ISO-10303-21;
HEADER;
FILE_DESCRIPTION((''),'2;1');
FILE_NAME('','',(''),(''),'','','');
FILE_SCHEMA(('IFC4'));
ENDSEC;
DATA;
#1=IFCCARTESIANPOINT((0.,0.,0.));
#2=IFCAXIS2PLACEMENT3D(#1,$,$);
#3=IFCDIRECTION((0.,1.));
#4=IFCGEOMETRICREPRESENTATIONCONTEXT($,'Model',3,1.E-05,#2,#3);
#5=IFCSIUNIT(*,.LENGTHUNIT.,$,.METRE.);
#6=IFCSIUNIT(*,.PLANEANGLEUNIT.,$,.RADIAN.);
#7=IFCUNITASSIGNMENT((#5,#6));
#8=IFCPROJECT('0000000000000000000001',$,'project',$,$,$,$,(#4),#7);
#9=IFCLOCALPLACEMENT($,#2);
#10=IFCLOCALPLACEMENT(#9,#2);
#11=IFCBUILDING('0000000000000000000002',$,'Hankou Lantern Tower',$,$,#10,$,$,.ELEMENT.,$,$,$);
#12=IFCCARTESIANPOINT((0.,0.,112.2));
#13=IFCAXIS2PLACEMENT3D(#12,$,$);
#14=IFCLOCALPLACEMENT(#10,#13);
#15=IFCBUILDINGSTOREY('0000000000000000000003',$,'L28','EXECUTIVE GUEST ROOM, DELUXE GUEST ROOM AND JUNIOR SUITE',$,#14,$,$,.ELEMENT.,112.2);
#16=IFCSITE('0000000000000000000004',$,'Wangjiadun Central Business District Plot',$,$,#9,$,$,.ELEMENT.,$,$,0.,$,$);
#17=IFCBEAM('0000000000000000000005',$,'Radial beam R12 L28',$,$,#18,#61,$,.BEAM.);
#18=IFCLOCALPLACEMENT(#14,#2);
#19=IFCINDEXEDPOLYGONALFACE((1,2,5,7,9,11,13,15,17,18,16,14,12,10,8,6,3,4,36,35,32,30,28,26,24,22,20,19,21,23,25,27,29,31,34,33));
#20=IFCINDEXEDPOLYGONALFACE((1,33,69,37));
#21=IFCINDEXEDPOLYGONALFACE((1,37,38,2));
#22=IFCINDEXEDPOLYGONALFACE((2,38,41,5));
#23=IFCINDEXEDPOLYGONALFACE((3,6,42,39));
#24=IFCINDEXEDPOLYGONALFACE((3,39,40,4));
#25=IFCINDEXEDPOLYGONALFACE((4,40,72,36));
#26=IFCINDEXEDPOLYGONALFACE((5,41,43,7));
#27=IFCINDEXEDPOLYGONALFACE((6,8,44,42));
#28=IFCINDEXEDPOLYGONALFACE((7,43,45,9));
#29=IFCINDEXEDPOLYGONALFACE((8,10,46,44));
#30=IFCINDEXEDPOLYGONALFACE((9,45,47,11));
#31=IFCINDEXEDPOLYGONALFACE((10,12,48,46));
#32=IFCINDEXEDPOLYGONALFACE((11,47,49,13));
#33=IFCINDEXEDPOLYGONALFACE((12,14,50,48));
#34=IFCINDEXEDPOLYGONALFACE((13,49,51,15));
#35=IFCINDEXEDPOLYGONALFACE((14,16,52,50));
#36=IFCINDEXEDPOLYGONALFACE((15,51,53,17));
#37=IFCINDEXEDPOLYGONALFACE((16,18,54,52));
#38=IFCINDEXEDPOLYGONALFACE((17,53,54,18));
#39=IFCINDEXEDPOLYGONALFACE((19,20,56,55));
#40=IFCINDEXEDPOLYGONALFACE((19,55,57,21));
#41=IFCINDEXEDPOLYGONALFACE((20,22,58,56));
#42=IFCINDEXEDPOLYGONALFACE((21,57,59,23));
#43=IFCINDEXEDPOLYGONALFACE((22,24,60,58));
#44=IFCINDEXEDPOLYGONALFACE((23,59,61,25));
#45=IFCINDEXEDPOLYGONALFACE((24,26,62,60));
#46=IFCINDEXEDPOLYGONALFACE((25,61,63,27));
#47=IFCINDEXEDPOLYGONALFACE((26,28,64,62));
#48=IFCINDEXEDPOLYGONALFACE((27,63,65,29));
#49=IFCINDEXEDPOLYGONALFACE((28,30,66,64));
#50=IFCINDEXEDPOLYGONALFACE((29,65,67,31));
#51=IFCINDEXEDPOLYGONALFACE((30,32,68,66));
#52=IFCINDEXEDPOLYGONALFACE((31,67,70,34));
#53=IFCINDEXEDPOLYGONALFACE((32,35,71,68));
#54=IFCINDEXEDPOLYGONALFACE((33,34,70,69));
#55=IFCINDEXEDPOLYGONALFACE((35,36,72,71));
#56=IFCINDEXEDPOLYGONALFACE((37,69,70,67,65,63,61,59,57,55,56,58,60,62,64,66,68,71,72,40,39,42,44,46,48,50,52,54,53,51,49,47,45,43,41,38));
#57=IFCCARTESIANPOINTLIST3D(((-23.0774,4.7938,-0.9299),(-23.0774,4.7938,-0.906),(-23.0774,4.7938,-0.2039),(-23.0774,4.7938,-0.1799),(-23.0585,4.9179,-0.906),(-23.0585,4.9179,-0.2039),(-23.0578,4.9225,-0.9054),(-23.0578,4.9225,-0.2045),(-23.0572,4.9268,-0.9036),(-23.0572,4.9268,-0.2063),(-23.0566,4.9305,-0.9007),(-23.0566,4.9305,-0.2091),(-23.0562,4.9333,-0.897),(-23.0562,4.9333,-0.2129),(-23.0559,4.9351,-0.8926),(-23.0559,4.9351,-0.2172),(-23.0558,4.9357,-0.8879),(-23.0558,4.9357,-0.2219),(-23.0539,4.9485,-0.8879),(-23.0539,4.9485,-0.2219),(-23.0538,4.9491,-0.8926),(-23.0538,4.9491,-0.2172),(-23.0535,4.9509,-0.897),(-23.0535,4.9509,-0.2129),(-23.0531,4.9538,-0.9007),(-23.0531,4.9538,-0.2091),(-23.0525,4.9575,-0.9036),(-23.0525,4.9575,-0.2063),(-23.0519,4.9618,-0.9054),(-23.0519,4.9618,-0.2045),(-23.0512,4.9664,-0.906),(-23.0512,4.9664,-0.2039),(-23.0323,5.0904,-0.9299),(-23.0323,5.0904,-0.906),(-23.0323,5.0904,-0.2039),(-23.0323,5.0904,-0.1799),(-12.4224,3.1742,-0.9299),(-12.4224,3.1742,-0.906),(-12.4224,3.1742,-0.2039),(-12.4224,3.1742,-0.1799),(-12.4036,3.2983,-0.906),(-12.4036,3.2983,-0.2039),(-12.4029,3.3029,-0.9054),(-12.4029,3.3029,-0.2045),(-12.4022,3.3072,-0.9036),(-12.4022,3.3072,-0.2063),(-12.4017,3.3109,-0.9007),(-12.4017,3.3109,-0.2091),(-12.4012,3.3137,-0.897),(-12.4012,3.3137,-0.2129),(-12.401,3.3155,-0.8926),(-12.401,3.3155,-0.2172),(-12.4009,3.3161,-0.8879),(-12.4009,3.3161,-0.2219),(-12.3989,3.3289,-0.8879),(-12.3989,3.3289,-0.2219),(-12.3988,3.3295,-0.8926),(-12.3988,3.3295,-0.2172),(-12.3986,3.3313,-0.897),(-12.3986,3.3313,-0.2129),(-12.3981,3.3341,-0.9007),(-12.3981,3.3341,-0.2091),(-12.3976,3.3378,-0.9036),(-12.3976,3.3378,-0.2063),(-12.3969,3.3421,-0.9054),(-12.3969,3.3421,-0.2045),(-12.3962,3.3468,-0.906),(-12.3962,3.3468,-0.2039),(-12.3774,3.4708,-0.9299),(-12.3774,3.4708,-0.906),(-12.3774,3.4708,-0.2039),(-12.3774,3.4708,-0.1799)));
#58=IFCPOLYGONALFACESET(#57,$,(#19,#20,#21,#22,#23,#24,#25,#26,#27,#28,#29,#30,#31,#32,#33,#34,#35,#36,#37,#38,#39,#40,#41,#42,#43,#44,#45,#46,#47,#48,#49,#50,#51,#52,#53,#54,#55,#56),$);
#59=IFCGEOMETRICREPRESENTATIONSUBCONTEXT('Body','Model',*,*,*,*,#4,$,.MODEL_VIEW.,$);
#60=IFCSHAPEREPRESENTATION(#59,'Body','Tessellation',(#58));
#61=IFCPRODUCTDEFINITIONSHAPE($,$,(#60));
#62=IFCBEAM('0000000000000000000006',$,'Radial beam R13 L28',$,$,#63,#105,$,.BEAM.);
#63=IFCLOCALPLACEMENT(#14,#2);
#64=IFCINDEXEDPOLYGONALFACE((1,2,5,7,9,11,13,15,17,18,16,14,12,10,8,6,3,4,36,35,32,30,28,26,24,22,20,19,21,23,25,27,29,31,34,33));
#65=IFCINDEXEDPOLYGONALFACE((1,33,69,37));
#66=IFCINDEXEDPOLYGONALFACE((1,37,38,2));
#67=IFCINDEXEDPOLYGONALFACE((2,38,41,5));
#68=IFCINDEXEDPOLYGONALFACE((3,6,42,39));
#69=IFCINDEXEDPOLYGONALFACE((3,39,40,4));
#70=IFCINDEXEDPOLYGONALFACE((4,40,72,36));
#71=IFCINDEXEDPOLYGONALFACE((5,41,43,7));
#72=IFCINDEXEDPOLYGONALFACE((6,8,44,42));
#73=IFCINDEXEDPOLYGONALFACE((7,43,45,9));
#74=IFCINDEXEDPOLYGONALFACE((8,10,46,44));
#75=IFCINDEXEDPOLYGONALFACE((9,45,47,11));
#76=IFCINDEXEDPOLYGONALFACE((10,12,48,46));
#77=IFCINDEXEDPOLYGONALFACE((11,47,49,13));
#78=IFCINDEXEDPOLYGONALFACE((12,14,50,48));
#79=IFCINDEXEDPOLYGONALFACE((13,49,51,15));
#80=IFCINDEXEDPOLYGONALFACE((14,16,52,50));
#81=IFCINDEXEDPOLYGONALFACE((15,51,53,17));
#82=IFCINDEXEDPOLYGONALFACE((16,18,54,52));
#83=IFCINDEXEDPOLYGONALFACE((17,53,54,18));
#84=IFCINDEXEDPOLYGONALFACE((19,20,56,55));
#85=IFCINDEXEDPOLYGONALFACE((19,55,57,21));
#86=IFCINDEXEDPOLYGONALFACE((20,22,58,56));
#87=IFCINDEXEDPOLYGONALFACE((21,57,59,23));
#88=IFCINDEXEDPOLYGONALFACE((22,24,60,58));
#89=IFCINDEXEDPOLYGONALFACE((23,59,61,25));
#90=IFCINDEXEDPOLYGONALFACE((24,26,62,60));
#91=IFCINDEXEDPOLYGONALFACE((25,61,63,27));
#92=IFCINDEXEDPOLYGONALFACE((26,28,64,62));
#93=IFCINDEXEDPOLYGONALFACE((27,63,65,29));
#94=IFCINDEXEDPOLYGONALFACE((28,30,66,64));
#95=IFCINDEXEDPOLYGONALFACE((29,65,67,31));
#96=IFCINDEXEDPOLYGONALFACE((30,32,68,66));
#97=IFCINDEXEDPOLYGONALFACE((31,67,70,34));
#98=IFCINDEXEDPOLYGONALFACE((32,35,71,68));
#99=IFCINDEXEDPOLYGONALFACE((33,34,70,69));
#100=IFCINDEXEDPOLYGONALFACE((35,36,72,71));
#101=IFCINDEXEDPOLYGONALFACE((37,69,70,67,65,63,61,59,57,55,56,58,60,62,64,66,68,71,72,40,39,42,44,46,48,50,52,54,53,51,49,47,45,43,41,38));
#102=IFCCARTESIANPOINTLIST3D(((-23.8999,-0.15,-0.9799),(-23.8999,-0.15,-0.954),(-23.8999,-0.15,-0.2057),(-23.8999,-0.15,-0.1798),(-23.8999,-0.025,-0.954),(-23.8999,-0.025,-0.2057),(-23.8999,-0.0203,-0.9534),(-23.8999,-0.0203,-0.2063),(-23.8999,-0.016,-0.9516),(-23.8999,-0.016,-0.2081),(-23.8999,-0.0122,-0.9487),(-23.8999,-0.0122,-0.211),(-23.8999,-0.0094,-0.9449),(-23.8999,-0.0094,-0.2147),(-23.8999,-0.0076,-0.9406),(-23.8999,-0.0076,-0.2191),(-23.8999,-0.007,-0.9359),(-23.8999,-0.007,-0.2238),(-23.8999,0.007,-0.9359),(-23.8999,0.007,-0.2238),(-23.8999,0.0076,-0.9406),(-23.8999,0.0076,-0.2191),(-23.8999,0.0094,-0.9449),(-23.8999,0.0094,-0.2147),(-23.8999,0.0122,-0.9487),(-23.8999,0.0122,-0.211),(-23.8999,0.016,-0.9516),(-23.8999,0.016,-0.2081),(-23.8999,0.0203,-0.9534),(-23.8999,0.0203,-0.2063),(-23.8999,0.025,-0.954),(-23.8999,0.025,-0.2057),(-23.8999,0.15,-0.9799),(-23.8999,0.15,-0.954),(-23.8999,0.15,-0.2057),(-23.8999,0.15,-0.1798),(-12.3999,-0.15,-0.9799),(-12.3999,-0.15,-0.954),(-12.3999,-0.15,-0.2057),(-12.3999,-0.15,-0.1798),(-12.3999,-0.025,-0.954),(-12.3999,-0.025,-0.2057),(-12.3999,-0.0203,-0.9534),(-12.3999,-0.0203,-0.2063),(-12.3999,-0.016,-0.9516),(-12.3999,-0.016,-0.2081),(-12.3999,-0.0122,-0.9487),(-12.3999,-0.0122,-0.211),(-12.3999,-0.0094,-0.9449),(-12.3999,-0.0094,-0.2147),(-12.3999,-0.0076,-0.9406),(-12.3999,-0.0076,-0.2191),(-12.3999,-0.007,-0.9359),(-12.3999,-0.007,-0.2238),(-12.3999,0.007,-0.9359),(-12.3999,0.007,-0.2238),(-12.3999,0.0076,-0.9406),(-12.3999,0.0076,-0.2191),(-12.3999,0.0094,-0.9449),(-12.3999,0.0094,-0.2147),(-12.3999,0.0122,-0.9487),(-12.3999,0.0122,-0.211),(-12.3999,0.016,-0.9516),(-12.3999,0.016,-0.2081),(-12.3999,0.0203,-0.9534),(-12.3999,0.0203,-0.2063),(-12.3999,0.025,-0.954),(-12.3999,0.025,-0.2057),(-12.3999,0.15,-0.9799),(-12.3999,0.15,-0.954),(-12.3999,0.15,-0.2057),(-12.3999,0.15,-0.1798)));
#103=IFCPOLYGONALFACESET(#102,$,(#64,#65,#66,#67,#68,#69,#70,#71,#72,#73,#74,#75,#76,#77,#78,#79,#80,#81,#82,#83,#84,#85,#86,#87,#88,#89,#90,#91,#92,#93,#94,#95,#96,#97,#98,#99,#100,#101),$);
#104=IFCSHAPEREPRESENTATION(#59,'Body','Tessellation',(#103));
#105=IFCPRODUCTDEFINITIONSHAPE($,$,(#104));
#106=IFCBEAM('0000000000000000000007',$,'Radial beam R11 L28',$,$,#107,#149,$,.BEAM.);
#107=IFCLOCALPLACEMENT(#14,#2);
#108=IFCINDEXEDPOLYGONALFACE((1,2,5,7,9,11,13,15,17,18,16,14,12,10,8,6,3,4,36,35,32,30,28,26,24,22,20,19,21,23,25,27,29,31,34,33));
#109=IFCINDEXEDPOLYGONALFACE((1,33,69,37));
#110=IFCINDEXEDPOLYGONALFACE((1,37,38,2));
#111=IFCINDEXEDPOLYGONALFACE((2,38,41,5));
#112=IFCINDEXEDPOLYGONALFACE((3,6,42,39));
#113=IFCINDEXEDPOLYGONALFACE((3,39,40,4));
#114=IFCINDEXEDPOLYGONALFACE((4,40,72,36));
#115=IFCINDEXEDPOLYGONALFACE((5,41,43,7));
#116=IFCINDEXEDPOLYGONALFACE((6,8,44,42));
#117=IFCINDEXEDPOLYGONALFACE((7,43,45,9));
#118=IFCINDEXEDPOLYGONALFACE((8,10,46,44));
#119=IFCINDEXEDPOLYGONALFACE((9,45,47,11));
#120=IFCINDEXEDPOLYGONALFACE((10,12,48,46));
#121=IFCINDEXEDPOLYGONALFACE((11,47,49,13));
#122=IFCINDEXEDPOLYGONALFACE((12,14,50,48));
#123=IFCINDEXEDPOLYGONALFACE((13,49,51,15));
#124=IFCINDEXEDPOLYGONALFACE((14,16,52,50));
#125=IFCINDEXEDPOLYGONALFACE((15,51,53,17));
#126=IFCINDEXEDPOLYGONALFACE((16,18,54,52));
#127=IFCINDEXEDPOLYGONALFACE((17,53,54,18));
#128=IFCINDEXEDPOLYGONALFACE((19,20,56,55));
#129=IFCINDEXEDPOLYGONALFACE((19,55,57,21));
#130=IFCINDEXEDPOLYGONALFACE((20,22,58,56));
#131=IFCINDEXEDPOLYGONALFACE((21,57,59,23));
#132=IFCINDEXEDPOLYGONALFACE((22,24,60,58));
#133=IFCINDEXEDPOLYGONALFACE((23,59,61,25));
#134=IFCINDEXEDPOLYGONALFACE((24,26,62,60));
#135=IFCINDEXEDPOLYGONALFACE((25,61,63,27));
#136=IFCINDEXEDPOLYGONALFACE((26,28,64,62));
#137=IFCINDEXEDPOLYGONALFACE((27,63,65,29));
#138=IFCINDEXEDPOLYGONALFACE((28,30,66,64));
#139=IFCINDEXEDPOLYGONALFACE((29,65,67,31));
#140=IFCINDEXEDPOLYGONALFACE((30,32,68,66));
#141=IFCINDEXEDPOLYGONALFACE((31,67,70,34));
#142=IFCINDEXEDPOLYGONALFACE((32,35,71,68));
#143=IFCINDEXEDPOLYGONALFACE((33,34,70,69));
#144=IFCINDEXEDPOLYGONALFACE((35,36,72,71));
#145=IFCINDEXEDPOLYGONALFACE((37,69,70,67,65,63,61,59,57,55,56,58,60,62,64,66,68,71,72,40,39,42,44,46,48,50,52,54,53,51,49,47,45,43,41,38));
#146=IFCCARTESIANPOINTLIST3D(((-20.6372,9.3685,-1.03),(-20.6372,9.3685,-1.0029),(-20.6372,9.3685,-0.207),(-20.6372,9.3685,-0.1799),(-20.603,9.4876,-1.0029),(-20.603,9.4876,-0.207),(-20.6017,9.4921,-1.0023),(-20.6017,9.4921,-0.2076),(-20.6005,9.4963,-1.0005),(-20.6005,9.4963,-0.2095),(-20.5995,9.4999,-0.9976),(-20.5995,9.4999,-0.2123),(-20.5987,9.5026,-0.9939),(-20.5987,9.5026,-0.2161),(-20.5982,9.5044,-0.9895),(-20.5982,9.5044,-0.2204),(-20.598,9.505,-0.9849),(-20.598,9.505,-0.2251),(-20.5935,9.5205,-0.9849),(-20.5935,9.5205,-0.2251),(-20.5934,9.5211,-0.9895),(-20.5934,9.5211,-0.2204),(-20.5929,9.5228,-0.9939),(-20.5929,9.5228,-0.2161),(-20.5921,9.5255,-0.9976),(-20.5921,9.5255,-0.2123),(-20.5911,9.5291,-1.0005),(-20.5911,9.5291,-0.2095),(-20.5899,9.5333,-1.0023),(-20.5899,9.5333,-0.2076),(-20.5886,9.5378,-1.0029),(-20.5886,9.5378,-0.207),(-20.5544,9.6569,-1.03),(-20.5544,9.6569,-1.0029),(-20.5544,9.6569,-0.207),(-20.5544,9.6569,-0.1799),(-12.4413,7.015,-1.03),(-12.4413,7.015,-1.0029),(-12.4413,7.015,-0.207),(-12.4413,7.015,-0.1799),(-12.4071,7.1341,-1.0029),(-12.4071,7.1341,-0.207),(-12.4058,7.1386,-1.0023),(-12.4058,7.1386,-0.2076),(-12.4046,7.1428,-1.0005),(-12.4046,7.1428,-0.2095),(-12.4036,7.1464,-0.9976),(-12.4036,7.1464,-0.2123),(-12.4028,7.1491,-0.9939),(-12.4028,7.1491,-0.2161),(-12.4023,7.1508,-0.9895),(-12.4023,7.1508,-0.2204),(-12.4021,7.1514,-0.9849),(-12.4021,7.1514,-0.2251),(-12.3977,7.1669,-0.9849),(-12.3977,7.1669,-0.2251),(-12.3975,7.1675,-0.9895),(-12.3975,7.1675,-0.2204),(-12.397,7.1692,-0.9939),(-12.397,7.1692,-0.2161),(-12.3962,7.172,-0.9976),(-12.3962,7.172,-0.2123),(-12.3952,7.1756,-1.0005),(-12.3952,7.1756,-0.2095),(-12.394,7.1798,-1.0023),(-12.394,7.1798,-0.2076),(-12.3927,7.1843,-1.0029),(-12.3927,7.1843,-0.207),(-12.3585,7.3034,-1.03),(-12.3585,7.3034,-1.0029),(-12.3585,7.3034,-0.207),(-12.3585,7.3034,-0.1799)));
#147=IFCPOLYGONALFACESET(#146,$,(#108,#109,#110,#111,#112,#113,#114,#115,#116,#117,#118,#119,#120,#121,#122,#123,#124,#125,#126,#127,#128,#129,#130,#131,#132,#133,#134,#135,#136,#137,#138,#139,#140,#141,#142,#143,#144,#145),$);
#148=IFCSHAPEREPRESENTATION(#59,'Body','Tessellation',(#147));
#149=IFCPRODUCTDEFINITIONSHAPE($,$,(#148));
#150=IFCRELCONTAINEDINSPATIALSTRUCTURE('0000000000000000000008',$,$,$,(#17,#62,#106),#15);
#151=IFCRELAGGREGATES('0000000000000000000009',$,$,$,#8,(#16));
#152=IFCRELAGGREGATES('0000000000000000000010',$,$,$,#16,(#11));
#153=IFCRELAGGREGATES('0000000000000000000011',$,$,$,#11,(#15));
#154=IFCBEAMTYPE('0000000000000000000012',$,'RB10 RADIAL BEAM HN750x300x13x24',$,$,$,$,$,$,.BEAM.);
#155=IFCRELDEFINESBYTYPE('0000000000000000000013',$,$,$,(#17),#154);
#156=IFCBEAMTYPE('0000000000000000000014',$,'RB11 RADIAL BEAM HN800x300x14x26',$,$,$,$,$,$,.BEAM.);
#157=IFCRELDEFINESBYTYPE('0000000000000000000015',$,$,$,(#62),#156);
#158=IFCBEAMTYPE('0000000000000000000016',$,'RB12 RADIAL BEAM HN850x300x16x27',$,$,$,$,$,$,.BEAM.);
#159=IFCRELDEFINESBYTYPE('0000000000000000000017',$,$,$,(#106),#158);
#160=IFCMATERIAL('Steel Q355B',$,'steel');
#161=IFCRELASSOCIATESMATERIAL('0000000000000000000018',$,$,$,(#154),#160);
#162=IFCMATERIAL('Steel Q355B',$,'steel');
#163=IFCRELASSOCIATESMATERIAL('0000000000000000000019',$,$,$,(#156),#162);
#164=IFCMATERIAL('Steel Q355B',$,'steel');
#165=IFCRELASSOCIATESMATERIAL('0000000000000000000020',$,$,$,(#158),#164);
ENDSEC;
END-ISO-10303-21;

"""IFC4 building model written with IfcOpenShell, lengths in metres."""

from ifc_helpers import new_model, si_unit, direction, frame, origin, origin_2d, place, context, subcontext, project, spatial, i_section, extrude, material, material_profile, profile_set, type_object, element, save


model = new_model("IFC4")

# Units and contexts
model_context = context("Model", 3, precision=1e-05, world=origin(), true_north=direction((0.0, 1.0)))
body_context = subcontext(model_context, "Body", "Model", "MODEL_VIEW")
ifc_project = project(units=[si_unit("LENGTHUNIT", "METRE"), si_unit("PLANEANGLEUNIT", "RADIAN")], contexts=[model_context])

# Site, building, storey
site_placement = place(None, origin())
site = spatial("IfcSite", under=ifc_project, at=site_placement, Name="Wangjiadun Central Business District Plot", CompositionType="ELEMENT", RefElevation=0.0)
building_placement = place(site_placement, origin())
building = spatial("IfcBuilding", under=site, at=building_placement, Name="Hankou Lantern Tower", CompositionType="ELEMENT")
storey_placement = place(building_placement, frame((0.0, 0.0, 112.2)))
storey = spatial("IfcBuildingStorey", under=building, at=storey_placement, Name="L28", Description="EXECUTIVE GUEST ROOM, DELUXE GUEST ROOM AND JUNIOR SUITE", CompositionType="ELEMENT", Elevation=112.2)

# Beams
ifc_material_1 = material(Name="Steel Q355B", Category="steel")
ifc_material_profile_1 = material_profile(ifc_material_1, i_section(OverallWidth=0.3, OverallDepth=0.75, WebThickness=0.0129, FlangeThickness=0.0239, FilletRadius=0.0181, at=origin_2d()), Name="HN750x300x13x24")
ifc_profile_set_1 = profile_set([ifc_material_profile_1], Name="Steel Q355B")
beam_type_1 = type_object("IfcBeamType", Name="RB10 RADIAL BEAM HN750x300x13x24", PredefinedType="BEAM", material=ifc_profile_set_1)
beam_1_placement = place(storey_placement, frame((-12.3999, 3.3225, -0.5549), z_axis=(-0.988644, 0.15028, 0.0), x_axis=(-0.15028, -0.988644, 0.0)))
element("IfcBeam", 1, at=beam_1_placement, inside=storey, type_object=beam_type_1, Name="Radial beam R12 L28", PredefinedType="BEAM", context=body_context, shape_type="SweptSolid", body=[
    extrude(i_section(OverallWidth=0.3, OverallDepth=0.75, WebThickness=0.0129, FlangeThickness=0.0239, FilletRadius=0.0181, at=origin_2d()), origin(), (0.0, 0.0, 1.0), 10.7773),
])
ifc_material_2 = material(Name="Steel Q355B", Category="steel")
ifc_material_profile_2 = material_profile(ifc_material_2, i_section(OverallWidth=0.3, OverallDepth=0.8, WebThickness=0.0139, FlangeThickness=0.0259, FilletRadius=0.0181, at=origin_2d()), Name="HN800x300x14x26")
ifc_profile_set_2 = profile_set([ifc_material_profile_2], Name="Steel Q355B")
beam_type_2 = type_object("IfcBeamType", Name="RB11 RADIAL BEAM HN800x300x14x26", PredefinedType="BEAM", material=ifc_profile_set_2)
beam_2_placement = place(storey_placement, frame((-12.3999, 0.0, -0.5798), z_axis=(-1.0, 0.0, 0.0), x_axis=(0.0, -1.0, 0.0)))
element("IfcBeam", 2, at=beam_2_placement, inside=storey, type_object=beam_type_2, Name="Radial beam R13 L28", PredefinedType="BEAM", context=body_context, shape_type="SweptSolid", body=[
    extrude(i_section(OverallWidth=0.3, OverallDepth=0.8, WebThickness=0.0139, FlangeThickness=0.0259, FilletRadius=0.0181, at=origin_2d()), origin(), (0.0, 0.0, 1.0), 11.5),
])
ifc_material_3 = material(Name="Steel Q355B", Category="steel")
ifc_material_profile_3 = material_profile(ifc_material_3, i_section(OverallWidth=0.3, OverallDepth=0.8501, WebThickness=0.0161, FlangeThickness=0.0271, FilletRadius=0.0181, at=origin_2d()), Name="HN850x300x16x27")
ifc_profile_set_3 = profile_set([ifc_material_profile_3], Name="Steel Q355B")
beam_type_3 = type_object("IfcBeamType", Name="RB12 RADIAL BEAM HN850x300x16x27", PredefinedType="BEAM", material=ifc_profile_set_3)
beam_3_placement = place(storey_placement, frame((-12.3999, 7.1592, -0.605), z_axis=(-0.961156, 0.276007, 0.0), x_axis=(-0.276007, -0.961156, 0.0)))
element("IfcBeam", 3, at=beam_3_placement, inside=storey, type_object=beam_type_3, Name="Radial beam R11 L28", PredefinedType="BEAM", context=body_context, shape_type="SweptSolid", body=[
    extrude(i_section(OverallWidth=0.3, OverallDepth=0.8501, WebThickness=0.0161, FlangeThickness=0.0271, FilletRadius=0.0181, at=origin_2d()), origin(), (0.0, 0.0, 1.0), 8.5271),
])

save(model, "model.ifc")
